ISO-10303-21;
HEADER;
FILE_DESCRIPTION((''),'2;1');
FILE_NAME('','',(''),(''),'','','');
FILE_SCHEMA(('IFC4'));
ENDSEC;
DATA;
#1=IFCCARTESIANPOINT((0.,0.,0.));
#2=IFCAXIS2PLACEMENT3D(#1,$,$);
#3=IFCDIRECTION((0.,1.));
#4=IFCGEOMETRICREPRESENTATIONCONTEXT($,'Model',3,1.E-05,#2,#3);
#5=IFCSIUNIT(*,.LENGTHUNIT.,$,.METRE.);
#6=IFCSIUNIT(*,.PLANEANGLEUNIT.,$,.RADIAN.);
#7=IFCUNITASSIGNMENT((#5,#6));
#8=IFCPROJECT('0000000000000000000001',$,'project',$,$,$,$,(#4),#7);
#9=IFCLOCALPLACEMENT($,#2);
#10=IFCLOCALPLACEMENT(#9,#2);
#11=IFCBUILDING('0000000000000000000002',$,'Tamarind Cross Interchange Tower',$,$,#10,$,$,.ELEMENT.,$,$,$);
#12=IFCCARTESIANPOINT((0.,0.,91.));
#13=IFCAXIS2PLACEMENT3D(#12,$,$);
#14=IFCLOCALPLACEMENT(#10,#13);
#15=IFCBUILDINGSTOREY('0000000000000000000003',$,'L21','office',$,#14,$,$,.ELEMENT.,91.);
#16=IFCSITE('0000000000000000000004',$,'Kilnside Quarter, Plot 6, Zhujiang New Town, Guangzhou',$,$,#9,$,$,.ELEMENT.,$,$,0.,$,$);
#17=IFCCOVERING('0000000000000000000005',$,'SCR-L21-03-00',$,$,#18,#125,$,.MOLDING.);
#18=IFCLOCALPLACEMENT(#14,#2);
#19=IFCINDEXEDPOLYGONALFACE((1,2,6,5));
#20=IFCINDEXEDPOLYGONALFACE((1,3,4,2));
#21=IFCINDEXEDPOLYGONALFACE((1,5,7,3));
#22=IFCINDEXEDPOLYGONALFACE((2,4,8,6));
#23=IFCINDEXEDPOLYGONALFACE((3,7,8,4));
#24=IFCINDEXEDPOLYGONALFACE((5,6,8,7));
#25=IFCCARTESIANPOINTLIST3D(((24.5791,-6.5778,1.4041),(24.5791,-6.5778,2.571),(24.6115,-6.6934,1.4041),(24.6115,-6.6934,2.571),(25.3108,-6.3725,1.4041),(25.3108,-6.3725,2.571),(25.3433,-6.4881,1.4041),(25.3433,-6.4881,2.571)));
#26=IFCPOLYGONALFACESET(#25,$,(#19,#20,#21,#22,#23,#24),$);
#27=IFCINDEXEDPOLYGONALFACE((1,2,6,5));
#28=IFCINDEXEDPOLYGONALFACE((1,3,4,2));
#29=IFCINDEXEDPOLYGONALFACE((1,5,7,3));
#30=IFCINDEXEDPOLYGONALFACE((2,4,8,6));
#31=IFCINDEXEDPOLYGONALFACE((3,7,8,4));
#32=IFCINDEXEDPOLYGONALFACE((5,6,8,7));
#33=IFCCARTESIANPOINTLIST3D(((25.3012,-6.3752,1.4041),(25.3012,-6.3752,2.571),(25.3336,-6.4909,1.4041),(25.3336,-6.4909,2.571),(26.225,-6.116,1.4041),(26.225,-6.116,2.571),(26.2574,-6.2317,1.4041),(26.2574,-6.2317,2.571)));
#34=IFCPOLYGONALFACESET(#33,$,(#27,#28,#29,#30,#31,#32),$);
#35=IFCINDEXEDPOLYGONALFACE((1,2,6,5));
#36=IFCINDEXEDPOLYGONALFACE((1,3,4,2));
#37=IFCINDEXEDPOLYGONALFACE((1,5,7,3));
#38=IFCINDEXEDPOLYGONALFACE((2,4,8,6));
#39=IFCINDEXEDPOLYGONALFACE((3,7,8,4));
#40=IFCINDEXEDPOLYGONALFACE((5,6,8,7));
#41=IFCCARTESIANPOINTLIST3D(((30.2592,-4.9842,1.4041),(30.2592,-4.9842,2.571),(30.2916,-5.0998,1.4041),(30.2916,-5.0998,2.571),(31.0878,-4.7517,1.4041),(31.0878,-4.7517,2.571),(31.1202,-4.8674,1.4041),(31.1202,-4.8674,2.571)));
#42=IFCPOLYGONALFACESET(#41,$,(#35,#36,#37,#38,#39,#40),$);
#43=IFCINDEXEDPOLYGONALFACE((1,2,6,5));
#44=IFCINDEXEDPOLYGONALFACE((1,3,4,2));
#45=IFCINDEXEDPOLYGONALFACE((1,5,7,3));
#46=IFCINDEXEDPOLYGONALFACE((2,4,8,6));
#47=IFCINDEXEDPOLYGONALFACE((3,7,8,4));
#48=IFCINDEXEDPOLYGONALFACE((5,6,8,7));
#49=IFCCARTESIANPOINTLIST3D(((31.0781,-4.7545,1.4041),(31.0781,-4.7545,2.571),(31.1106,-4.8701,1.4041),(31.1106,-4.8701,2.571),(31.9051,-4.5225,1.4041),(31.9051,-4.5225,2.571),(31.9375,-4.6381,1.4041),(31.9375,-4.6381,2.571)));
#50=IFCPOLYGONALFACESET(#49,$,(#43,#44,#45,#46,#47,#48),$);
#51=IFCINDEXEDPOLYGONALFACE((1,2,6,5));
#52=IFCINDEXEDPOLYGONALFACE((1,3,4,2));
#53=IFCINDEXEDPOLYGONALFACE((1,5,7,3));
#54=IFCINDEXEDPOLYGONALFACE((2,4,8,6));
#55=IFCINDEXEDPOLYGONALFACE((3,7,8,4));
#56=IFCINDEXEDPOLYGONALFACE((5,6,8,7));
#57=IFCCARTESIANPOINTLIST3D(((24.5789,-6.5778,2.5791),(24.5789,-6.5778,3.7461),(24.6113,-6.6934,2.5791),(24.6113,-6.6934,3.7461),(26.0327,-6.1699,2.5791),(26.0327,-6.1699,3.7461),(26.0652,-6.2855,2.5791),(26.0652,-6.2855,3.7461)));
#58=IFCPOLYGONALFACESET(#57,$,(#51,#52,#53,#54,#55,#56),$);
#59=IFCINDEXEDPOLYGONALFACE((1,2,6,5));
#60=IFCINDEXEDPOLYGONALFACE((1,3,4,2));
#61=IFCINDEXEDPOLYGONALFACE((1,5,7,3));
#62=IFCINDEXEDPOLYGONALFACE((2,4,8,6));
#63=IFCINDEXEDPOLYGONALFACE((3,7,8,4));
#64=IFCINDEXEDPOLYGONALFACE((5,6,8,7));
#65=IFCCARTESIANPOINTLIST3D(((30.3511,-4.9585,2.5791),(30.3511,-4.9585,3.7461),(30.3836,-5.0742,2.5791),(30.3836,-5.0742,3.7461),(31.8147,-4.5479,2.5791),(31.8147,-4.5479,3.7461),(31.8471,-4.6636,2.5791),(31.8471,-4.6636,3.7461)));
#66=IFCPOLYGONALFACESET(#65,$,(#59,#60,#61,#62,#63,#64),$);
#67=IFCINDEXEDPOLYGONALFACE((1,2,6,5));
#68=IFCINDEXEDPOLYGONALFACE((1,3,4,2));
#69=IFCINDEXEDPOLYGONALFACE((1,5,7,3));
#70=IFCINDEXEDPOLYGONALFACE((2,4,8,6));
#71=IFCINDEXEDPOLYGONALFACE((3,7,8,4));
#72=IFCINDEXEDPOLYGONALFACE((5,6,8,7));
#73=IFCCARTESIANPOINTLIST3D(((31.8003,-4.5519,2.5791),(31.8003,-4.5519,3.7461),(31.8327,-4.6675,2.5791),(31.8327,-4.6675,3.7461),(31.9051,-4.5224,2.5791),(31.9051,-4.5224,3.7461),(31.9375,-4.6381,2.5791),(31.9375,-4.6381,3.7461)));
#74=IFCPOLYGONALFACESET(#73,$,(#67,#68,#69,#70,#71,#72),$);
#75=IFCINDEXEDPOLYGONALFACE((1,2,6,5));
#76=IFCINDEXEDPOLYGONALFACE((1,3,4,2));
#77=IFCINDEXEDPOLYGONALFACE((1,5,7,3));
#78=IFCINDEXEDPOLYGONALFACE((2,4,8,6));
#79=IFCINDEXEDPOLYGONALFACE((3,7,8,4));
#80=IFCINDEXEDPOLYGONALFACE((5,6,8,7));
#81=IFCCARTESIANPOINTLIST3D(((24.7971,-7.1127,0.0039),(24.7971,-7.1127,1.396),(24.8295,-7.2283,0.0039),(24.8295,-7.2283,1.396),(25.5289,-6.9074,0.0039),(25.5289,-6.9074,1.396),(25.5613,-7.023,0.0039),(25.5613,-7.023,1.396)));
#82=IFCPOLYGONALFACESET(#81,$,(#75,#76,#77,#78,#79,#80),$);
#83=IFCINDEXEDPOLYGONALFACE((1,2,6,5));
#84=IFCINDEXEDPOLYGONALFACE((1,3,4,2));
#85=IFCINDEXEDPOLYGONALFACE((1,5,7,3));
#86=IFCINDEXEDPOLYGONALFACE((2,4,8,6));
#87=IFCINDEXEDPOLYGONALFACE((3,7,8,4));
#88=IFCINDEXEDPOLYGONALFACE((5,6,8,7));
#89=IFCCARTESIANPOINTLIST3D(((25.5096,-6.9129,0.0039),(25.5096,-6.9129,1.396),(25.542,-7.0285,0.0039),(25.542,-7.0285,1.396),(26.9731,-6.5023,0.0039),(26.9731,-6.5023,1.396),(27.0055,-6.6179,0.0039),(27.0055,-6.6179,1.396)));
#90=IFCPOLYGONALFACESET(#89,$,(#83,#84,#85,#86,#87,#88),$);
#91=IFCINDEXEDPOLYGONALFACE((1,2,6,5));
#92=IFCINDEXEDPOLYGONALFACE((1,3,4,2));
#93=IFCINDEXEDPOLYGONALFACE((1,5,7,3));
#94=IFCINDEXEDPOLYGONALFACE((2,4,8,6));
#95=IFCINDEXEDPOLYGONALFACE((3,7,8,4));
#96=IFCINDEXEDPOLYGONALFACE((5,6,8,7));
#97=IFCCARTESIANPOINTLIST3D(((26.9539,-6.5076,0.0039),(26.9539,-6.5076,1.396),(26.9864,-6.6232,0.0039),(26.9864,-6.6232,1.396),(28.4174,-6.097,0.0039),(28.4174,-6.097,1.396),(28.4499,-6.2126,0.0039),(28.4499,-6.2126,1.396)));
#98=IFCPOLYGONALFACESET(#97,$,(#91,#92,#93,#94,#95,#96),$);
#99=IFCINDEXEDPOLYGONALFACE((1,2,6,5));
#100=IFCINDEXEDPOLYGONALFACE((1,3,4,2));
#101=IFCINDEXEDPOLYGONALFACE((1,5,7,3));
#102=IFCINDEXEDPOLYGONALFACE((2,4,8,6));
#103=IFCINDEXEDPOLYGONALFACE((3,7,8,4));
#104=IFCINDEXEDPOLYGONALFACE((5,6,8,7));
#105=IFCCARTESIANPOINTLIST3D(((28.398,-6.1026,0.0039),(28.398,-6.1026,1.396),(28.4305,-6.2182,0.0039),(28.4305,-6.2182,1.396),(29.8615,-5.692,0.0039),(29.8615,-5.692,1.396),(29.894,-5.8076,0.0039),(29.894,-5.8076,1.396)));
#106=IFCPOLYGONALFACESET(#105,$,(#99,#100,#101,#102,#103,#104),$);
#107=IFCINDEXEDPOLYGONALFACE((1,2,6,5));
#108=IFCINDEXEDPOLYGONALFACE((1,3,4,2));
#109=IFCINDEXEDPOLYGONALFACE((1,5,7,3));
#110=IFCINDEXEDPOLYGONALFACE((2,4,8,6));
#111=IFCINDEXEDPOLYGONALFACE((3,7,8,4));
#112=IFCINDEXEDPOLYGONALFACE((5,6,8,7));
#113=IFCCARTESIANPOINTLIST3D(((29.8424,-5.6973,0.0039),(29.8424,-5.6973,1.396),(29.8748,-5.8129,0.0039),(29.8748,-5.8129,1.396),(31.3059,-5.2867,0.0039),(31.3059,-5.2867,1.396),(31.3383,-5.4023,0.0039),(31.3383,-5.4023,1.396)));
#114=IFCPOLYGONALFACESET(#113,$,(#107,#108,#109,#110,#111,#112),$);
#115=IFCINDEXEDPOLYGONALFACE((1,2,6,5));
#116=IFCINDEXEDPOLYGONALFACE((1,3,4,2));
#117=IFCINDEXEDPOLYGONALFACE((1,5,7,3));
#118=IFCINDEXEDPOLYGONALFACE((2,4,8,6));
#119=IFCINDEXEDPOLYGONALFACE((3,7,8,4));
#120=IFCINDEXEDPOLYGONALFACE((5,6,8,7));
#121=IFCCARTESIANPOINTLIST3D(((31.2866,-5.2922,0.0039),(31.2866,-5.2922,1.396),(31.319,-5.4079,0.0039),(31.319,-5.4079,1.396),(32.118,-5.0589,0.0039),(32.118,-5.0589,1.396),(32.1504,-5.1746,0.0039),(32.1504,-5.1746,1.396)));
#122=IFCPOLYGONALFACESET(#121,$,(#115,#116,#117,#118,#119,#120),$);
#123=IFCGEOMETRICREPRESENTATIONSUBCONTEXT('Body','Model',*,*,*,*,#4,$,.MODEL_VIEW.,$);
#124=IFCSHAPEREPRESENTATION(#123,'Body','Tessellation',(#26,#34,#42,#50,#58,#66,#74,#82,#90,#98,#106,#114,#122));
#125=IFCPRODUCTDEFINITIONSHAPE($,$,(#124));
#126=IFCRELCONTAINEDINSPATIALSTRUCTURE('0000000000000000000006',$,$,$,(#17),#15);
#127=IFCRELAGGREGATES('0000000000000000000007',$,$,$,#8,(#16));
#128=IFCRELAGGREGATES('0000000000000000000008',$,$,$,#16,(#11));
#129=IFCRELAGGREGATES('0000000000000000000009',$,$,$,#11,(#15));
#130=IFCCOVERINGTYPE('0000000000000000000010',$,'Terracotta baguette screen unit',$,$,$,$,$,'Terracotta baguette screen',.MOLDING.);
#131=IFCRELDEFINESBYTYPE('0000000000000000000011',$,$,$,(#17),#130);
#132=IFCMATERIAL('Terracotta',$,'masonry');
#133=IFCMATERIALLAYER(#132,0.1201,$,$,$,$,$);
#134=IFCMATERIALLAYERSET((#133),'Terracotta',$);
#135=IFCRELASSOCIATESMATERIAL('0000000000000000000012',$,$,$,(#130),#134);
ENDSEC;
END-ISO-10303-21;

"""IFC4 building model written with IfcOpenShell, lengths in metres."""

from ifc_helpers import new_model, si_unit, direction, frame, origin, origin_2d, place, context, subcontext, project, spatial, rectangle, extrude, material, layer, layer_set, type_object, element, save


model = new_model("IFC4")

# Units and contexts
model_context = context("Model", 3, precision=1e-05, world=origin(), true_north=direction((0.0, 1.0)))
body_context = subcontext(model_context, "Body", "Model", "MODEL_VIEW")
ifc_project = project(units=[si_unit("LENGTHUNIT", "METRE"), si_unit("PLANEANGLEUNIT", "RADIAN")], contexts=[model_context])

# Site, building, storey
site_placement = place(None, origin())
site = spatial("IfcSite", under=ifc_project, at=site_placement, Name="Kilnside Quarter, Plot 6, Zhujiang New Town, Guangzhou", CompositionType="ELEMENT", RefElevation=0.0)
building_placement = place(site_placement, origin())
building = spatial("IfcBuilding", under=site, at=building_placement, Name="Tamarind Cross Interchange Tower", CompositionType="ELEMENT")
storey_placement = place(building_placement, frame((0.0, 0.0, 91.0)))
storey = spatial("IfcBuildingStorey", under=building, at=storey_placement, Name="L21", Description="office", CompositionType="ELEMENT", Elevation=91.0)

# Covering
ifc_material_1 = material(Name="Terracotta", Category="masonry")
ifc_layer_1 = layer(ifc_material_1, 0.1201)
ifc_layer_set_1 = layer_set([ifc_layer_1], Name="Terracotta")
covering_type = type_object("IfcCoveringType", Name="Terracotta baguette screen unit", ElementType="Terracotta baguette screen", PredefinedType="MOLDING", material=ifc_layer_set_1)
covering_1_placement = place(storey_placement, origin())
element("IfcCovering", 1, at=covering_1_placement, inside=storey, type_object=covering_type, Name="SCR-L21-03-00", PredefinedType="MOLDING", context=body_context, shape_type="SweptSolid", body=[
    extrude(rectangle(XDim=0.76, YDim=0.1201, at=origin_2d()), frame((24.9612, -6.533, 1.4041), z_axis=(0.0, 0.0, 1.0), x_axis=(0.962824, 0.27013, 0.0)), (0.0, 0.0, 1.0), 1.167),
    extrude(rectangle(XDim=0.9595, YDim=0.1201, at=origin_2d()), frame((25.7793, -6.3035, 1.4041), z_axis=(0.0, 0.0, 1.0), x_axis=(0.962824, 0.27013, 0.0)), (0.0, 0.0, 1.0), 1.167),
    extrude(rectangle(XDim=0.8606, YDim=0.1201, at=origin_2d()), frame((30.6897, -4.9258, 1.4041), z_axis=(0.0, 0.0, 1.0), x_axis=(0.962824, 0.27013, 0.0)), (0.0, 0.0, 1.0), 1.167),
    extrude(rectangle(XDim=0.8589, YDim=0.1201, at=origin_2d()), frame((31.5078, -4.6963, 1.4041), z_axis=(0.0, 0.0, 1.0), x_axis=(0.962824, 0.27013, 0.0)), (0.0, 0.0, 1.0), 1.167),
    extrude(rectangle(XDim=1.51, YDim=0.1201, at=origin_2d()), frame((25.322, -6.4316, 2.5791), z_axis=(0.0, 0.0, 1.0), x_axis=(0.962824, 0.27013, 0.0)), (0.0, 0.0, 1.0), 1.167),
    extrude(rectangle(XDim=1.52, YDim=0.1201, at=origin_2d()), frame((31.0991, -4.811, 2.5791), z_axis=(0.0, 0.0, 1.0), x_axis=(0.962824, 0.27013, 0.0)), (0.0, 0.0, 1.0), 1.167),
    extrude(rectangle(XDim=0.1089, YDim=0.1201, at=origin_2d()), frame((31.8689, -4.595, 2.5791), z_axis=(0.0, 0.0, 1.0), x_axis=(0.962824, 0.27013, 0.0)), (0.0, 0.0, 1.0), 1.167),
    extrude(rectangle(XDim=0.76, YDim=0.1201, at=origin_2d()), frame((25.1792, -7.0679, 0.0039), z_axis=(0.0, 0.0, 1.0), x_axis=(0.962824, 0.27013, 0.0)), (0.0, 0.0, 1.0), 1.3921),
    extrude(rectangle(XDim=1.52, YDim=0.1201, at=origin_2d()), frame((26.2576, -6.7654, 0.0039), z_axis=(0.0, 0.0, 1.0), x_axis=(0.962824, 0.27013, 0.0)), (0.0, 0.0, 1.0), 1.3921),
    extrude(rectangle(XDim=1.52, YDim=0.1201, at=origin_2d()), frame((27.7019, -6.3601, 0.0039), z_axis=(0.0, 0.0, 1.0), x_axis=(0.962824, 0.27013, 0.0)), (0.0, 0.0, 1.0), 1.3921),
    extrude(rectangle(XDim=1.52, YDim=0.1201, at=origin_2d()), frame((29.146, -5.9551, 0.0039), z_axis=(0.0, 0.0, 1.0), x_axis=(0.962824, 0.27013, 0.0)), (0.0, 0.0, 1.0), 1.3921),
    extrude(rectangle(XDim=1.52, YDim=0.1201, at=origin_2d()), frame((30.5903, -5.5498, 0.0039), z_axis=(0.0, 0.0, 1.0), x_axis=(0.962824, 0.27013, 0.0)), (0.0, 0.0, 1.0), 1.3921),
    extrude(rectangle(XDim=0.8635, YDim=0.1201, at=origin_2d()), frame((31.7185, -5.2334, 0.0039), z_axis=(0.0, 0.0, 1.0), x_axis=(0.962824, 0.27013, 0.0)), (0.0, 0.0, 1.0), 1.3921),
])

save(model, "model.ifc")
